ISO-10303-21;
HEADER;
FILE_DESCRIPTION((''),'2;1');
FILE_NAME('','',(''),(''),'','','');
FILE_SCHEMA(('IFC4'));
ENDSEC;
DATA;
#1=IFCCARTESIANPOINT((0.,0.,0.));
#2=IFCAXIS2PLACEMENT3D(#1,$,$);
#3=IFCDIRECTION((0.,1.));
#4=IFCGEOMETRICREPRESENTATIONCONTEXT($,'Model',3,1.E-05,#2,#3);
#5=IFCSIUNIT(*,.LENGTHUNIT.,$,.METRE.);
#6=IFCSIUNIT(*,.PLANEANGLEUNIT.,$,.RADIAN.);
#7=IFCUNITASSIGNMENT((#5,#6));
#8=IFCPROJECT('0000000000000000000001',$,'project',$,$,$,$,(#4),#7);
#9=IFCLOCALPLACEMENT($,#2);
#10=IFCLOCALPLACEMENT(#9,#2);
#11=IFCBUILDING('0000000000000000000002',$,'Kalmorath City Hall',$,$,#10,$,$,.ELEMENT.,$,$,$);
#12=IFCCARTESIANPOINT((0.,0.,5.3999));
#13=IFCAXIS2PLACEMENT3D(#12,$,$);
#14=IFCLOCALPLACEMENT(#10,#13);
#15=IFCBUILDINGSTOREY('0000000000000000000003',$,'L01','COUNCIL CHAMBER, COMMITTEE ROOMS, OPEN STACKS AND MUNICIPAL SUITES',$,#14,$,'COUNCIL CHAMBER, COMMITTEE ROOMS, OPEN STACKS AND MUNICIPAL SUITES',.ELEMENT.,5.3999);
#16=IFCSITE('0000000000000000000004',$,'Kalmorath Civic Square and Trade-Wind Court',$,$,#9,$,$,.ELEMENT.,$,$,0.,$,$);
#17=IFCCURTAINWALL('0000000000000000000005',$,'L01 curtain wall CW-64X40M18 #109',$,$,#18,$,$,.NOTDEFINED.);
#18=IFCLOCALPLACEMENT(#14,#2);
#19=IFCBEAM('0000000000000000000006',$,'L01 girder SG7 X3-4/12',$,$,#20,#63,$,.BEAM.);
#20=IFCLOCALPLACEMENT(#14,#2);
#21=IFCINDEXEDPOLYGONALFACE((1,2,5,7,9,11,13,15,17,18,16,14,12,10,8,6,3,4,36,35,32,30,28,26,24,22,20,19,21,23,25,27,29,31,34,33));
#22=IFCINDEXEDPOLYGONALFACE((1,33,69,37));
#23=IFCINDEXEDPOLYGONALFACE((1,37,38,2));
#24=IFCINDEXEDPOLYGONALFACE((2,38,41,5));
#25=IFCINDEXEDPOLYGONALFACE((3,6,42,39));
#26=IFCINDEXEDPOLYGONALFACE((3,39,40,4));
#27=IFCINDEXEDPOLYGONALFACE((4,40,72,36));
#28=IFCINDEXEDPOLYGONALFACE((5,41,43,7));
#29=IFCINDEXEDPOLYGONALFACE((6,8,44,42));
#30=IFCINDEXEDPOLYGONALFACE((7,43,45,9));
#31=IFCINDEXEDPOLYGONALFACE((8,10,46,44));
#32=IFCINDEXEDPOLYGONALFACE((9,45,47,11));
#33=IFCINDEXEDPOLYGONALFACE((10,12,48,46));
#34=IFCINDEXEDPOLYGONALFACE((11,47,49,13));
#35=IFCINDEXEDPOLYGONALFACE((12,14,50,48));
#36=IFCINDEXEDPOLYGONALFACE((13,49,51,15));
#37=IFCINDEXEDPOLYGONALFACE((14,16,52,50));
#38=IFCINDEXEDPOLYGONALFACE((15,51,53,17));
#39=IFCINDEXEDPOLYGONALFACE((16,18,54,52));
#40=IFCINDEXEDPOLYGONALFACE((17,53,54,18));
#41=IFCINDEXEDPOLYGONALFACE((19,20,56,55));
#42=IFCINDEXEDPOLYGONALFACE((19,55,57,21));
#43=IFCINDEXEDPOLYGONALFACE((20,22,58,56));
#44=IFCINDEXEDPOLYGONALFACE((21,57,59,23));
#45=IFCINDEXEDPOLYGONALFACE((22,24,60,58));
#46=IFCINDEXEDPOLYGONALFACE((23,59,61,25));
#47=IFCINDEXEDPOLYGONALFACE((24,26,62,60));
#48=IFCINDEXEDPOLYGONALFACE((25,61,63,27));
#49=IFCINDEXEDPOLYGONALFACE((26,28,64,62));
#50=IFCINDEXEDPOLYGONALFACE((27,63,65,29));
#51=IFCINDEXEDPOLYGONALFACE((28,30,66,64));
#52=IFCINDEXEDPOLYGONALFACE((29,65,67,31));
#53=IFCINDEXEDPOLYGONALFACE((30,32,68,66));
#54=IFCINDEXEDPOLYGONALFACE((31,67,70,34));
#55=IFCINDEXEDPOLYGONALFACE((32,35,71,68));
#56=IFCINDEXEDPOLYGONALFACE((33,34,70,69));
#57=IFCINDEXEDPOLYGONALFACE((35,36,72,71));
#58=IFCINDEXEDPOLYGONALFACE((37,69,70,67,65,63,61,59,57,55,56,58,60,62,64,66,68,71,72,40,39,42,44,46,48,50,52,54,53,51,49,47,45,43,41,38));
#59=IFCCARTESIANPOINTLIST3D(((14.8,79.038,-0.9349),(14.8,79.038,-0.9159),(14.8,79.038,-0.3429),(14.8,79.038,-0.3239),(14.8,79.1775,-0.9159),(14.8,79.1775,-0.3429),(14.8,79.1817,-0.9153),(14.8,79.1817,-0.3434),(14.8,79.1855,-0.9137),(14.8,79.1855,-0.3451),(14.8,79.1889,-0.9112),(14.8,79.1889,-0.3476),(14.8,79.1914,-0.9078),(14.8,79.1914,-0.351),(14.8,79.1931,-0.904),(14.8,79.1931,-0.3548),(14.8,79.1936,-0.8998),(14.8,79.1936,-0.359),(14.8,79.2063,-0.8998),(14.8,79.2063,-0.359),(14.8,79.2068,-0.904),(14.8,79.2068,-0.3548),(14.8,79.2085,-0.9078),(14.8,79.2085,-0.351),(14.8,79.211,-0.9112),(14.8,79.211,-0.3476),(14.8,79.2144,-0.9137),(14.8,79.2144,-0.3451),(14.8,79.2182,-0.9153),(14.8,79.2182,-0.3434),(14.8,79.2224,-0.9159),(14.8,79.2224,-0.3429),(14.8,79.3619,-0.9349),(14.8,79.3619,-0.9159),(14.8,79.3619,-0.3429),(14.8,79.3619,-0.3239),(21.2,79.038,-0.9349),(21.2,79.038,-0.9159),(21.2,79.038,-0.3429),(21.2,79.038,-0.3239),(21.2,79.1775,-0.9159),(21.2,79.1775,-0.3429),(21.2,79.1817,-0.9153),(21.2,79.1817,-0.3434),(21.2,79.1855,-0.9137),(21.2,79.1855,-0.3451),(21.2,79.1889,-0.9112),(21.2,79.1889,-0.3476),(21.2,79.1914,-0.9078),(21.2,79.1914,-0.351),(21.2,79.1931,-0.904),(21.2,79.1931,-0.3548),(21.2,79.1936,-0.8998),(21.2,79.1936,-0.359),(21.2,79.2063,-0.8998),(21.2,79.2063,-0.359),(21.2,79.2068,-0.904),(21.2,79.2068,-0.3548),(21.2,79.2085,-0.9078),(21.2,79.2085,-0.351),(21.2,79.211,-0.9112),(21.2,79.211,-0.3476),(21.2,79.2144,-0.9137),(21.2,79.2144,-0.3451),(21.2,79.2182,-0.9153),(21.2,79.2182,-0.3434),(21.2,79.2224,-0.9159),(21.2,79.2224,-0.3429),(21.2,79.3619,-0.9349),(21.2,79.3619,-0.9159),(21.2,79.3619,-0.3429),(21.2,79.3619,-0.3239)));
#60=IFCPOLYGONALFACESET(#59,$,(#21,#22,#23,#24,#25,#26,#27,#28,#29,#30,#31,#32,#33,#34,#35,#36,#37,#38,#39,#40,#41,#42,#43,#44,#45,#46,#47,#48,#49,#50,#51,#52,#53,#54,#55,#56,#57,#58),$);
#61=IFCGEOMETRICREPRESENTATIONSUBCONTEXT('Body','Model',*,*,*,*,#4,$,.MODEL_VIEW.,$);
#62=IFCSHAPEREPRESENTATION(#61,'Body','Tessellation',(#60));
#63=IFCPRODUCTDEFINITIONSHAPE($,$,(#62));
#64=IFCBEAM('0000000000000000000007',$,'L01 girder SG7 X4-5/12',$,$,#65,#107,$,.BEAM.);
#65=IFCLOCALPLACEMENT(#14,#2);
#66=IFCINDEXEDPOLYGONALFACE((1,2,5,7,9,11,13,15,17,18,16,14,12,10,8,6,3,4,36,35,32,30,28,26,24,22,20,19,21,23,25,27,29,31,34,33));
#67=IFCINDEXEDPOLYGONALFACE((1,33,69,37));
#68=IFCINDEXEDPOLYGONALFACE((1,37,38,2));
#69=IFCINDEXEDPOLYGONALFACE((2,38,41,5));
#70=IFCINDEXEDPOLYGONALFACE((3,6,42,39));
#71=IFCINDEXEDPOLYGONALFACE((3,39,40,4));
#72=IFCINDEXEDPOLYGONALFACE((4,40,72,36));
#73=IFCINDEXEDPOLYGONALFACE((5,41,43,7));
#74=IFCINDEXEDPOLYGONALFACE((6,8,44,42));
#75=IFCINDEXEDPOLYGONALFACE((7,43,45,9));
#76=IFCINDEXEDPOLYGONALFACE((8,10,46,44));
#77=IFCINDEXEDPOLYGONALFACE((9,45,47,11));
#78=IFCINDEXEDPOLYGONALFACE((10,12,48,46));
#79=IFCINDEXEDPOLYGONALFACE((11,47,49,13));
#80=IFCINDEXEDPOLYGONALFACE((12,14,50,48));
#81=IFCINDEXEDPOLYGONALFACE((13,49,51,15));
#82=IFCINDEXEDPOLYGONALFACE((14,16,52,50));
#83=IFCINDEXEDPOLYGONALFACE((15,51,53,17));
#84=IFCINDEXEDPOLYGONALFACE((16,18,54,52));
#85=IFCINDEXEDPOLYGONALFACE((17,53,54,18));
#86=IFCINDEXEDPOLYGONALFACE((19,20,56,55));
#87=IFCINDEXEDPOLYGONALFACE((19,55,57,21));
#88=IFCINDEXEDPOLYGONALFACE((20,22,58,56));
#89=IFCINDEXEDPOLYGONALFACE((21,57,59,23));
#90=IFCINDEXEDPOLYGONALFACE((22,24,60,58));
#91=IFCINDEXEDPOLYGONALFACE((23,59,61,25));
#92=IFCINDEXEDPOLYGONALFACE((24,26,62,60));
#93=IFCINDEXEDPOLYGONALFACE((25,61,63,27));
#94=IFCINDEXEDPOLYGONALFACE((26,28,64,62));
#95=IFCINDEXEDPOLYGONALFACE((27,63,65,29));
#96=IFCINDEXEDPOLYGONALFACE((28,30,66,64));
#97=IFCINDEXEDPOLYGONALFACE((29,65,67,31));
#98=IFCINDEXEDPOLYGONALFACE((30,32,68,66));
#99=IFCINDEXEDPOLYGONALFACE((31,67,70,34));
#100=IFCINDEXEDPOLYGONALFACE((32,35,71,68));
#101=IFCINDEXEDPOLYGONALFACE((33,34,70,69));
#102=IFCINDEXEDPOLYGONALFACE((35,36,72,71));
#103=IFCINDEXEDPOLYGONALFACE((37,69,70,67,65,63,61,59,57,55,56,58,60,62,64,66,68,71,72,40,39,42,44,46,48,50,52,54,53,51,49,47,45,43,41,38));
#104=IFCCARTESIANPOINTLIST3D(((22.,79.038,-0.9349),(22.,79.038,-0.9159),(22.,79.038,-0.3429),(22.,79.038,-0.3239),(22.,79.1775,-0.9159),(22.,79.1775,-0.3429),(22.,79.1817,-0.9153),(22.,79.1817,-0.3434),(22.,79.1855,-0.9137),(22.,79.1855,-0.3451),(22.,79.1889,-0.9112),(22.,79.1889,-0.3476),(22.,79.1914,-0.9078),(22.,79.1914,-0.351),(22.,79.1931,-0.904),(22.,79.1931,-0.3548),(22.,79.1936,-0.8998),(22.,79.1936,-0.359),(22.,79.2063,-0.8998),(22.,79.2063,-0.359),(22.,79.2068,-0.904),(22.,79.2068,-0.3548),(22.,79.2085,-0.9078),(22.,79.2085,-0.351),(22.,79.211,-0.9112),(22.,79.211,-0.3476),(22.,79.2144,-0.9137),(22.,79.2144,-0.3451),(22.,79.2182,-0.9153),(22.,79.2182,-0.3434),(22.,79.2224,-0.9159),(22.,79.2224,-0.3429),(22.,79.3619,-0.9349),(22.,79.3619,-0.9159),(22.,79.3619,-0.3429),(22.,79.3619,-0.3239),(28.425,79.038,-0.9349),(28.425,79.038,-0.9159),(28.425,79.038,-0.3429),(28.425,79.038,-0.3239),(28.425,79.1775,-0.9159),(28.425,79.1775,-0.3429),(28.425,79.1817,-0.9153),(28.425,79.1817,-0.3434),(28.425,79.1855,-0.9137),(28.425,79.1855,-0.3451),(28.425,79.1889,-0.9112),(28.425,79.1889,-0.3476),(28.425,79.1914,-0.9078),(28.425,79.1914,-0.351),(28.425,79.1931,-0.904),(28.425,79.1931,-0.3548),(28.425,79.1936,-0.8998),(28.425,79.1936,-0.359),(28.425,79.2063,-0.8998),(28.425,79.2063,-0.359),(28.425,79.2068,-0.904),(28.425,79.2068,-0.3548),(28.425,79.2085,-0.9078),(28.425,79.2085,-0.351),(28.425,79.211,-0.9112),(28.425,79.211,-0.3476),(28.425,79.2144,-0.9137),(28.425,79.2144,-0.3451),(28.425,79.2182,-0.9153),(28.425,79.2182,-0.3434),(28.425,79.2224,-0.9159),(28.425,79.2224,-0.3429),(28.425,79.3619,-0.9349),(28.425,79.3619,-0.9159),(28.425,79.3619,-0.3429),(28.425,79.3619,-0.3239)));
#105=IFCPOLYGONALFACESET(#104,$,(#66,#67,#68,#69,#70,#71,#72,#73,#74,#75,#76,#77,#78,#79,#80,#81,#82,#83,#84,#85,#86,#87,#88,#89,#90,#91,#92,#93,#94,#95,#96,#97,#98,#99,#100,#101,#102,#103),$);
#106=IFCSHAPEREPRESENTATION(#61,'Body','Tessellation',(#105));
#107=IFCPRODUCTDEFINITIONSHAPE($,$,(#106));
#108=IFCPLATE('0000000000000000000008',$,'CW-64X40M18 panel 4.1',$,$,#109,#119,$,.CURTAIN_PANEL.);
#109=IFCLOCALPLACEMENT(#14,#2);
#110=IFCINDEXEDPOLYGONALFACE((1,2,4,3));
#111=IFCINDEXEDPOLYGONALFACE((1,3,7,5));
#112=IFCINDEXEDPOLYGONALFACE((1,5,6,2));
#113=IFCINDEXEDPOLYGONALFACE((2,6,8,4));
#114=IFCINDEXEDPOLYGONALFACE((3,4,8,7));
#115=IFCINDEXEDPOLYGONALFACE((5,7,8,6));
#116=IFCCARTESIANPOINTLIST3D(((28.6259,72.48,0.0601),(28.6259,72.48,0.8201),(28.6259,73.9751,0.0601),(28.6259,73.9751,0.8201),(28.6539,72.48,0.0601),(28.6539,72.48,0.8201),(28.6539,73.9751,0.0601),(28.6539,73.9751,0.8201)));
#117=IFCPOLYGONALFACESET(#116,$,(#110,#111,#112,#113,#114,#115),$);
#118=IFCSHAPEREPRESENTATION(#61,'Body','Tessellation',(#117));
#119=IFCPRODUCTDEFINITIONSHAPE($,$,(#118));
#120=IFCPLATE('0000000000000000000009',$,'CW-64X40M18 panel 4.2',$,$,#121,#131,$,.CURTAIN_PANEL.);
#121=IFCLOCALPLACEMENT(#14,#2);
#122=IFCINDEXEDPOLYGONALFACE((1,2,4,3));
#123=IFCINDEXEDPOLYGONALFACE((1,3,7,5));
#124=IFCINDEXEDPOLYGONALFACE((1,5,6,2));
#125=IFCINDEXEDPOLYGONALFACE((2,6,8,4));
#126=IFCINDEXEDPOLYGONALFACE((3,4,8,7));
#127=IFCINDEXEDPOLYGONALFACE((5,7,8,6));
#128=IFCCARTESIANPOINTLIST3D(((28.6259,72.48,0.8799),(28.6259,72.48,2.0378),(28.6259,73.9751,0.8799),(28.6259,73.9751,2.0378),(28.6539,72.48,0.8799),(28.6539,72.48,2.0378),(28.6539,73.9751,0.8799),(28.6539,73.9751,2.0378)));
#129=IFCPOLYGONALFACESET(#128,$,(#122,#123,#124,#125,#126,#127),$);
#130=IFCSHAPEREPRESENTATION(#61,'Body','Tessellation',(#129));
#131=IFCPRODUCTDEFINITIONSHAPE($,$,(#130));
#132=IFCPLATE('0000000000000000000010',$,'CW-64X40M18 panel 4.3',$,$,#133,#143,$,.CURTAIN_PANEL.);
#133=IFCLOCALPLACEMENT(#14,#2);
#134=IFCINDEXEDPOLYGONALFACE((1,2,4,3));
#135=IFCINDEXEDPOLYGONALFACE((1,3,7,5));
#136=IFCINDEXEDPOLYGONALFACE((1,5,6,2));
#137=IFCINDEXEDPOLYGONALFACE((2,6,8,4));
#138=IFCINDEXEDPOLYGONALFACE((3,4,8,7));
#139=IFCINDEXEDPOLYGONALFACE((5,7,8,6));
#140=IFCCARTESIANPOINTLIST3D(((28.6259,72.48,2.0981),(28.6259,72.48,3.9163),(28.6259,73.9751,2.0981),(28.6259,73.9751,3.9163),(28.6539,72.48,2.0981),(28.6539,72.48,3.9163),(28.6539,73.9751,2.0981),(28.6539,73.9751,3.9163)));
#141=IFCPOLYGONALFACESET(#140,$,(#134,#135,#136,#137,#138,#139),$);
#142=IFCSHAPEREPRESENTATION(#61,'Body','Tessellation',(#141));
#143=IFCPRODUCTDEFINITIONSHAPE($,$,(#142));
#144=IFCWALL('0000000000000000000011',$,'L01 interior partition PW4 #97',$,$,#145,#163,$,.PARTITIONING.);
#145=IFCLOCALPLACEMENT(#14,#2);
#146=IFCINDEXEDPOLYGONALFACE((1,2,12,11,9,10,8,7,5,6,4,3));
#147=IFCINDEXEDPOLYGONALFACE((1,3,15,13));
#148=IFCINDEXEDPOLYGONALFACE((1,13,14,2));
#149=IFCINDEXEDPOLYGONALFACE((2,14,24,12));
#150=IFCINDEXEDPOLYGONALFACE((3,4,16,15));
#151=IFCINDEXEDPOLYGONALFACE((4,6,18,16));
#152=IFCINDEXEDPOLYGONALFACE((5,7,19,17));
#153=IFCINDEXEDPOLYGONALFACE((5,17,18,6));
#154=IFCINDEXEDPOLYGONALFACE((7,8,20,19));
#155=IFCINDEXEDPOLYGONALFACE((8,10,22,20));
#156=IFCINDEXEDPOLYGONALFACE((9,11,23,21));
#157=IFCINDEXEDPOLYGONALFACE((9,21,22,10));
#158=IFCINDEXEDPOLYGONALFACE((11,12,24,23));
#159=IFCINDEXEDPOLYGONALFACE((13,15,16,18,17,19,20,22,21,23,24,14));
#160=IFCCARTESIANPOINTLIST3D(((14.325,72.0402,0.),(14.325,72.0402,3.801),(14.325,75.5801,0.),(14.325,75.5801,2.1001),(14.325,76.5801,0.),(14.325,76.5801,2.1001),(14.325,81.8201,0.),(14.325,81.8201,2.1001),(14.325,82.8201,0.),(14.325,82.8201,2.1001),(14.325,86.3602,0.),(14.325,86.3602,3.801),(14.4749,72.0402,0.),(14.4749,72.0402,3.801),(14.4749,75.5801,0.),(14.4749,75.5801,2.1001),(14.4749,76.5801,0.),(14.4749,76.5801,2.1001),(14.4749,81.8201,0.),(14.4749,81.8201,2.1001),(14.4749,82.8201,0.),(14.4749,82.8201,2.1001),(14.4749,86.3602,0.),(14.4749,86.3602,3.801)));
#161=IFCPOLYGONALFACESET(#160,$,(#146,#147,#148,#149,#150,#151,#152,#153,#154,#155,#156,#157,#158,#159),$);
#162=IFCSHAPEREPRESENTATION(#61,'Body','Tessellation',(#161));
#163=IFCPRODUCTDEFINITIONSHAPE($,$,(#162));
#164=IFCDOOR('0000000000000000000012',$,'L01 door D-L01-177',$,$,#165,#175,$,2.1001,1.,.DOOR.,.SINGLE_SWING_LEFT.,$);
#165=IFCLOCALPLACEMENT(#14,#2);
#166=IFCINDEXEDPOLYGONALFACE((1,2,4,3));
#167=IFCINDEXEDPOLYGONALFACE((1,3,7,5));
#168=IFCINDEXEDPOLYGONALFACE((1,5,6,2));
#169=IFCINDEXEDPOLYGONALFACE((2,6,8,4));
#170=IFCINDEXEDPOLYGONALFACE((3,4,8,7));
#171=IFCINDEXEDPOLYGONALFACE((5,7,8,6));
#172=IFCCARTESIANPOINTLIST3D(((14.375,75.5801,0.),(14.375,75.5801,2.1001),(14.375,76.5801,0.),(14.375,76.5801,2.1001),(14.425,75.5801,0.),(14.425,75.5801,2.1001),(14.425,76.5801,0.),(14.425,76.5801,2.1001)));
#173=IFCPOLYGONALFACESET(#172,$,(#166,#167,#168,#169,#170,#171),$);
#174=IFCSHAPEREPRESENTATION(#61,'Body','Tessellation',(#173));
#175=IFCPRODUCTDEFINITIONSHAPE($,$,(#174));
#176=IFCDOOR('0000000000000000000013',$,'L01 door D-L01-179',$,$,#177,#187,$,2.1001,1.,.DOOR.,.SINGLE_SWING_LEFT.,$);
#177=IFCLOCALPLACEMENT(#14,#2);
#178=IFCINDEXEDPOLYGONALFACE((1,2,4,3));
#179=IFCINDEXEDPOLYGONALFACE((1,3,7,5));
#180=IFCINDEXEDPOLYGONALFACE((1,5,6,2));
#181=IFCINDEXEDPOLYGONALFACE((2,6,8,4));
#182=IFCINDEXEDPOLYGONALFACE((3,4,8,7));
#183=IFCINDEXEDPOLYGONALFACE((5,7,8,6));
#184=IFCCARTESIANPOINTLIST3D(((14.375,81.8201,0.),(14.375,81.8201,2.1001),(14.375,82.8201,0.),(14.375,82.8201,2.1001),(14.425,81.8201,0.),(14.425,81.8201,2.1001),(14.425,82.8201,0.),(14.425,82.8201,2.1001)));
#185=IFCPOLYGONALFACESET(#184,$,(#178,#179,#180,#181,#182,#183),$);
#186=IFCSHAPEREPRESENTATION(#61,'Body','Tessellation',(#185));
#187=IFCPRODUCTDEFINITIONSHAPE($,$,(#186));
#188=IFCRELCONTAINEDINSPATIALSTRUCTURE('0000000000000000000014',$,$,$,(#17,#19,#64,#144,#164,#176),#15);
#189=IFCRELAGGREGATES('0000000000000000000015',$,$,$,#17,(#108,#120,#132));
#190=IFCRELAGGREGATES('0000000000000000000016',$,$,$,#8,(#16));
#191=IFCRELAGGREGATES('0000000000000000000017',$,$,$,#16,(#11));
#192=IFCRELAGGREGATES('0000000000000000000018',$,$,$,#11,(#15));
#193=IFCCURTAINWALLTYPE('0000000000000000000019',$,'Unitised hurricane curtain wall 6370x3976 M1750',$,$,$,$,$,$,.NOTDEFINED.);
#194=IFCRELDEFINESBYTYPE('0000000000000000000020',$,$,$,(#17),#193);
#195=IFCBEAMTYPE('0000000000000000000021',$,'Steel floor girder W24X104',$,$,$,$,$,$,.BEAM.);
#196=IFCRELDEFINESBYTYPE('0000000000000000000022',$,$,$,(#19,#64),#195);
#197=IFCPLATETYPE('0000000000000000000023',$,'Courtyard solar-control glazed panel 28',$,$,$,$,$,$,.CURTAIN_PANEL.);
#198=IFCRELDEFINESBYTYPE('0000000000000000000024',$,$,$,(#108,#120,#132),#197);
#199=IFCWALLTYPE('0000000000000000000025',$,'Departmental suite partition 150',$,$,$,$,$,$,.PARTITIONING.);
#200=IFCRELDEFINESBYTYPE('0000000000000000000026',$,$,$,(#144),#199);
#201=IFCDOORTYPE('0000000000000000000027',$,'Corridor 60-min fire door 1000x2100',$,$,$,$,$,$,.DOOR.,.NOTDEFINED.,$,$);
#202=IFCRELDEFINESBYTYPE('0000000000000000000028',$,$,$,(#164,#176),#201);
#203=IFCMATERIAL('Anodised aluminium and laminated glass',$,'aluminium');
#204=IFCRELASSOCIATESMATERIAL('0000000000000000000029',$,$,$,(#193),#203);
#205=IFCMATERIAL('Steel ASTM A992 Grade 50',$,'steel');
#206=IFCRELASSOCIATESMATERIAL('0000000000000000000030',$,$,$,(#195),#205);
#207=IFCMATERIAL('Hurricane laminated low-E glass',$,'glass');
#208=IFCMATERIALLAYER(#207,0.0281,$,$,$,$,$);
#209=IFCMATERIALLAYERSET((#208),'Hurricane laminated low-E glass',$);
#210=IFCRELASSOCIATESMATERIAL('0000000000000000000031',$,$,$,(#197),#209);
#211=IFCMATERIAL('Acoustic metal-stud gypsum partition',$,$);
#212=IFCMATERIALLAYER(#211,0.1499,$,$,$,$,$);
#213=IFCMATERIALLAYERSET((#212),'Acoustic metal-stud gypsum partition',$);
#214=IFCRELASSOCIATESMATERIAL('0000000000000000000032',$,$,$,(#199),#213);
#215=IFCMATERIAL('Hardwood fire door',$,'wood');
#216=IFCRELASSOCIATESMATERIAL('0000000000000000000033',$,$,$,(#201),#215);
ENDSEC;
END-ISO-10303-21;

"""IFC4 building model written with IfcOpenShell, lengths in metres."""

from ifc_helpers import new_model, si_unit, direction, frame, frame_2d, origin, origin_2d, place, context, subcontext, project, spatial, rectangle, i_section, extrude, material, layer, layer_set, material_profile, profile_set, type_object, element, fill, aggregate, save


model = new_model("IFC4")

# Units and contexts
model_context = context("Model", 3, precision=1e-05, world=origin(), true_north=direction((0.0, 1.0)))
body_context = subcontext(model_context, "Body", "Model", "MODEL_VIEW")
ifc_project = project(units=[si_unit("LENGTHUNIT", "METRE"), si_unit("PLANEANGLEUNIT", "RADIAN")], contexts=[model_context])

# Site, building, storey
site_placement = place(None, origin())
site = spatial("IfcSite", under=ifc_project, at=site_placement, Name="Kalmorath Civic Square and Trade-Wind Court", CompositionType="ELEMENT", RefElevation=0.0)
building_placement = place(site_placement, origin())
building = spatial("IfcBuilding", under=site, at=building_placement, Name="Kalmorath City Hall", CompositionType="ELEMENT")
storey_placement = place(building_placement, frame((0.0, 0.0, 5.3999)))
storey = spatial("IfcBuildingStorey", under=building, at=storey_placement, Name="L01", Description="COUNCIL CHAMBER, COMMITTEE ROOMS, OPEN STACKS AND MUNICIPAL SUITES", LongName="COUNCIL CHAMBER, COMMITTEE ROOMS, OPEN STACKS AND MUNICIPAL SUITES", CompositionType="ELEMENT", Elevation=5.3999)

# Curtain wall
ifc_material_1 = material(Name="Anodised aluminium and laminated glass", Category="aluminium")
curtain_wall_type = type_object("IfcCurtainWallType", Name="Unitised hurricane curtain wall 6370x3976 M1750", PredefinedType="NOTDEFINED", material=ifc_material_1)
curtain_wall_placement = place(storey_placement, origin())
curtain_wall = element("IfcCurtainWall", 1, at=curtain_wall_placement, inside=storey, type_object=curtain_wall_type, Name="L01 curtain wall CW-64X40M18 #109", PredefinedType="NOTDEFINED")

# Beams
ifc_material_2 = material(Name="Steel ASTM A992 Grade 50", Category="steel")
ifc_material_profile_1 = material_profile(ifc_material_2, i_section(OverallWidth=0.324, OverallDepth=0.6111, WebThickness=0.0127, FlangeThickness=0.019, FilletRadius=0.0161, at=origin_2d()), Name="W24X104")
ifc_profile_set_1 = profile_set([ifc_material_profile_1], Name="Steel ASTM A992 Grade 50")
beam_type_1 = type_object("IfcBeamType", Name="Steel floor girder W24X104", PredefinedType="BEAM", material=ifc_profile_set_1)
beam_1_placement = place(storey_placement, frame((14.8, 79.2, -0.6294), z_axis=(1.0, 0.0, 0.0), x_axis=(0.0, 1.0, 0.0)))
element("IfcBeam", 2, at=beam_1_placement, inside=storey, type_object=beam_type_1, Name="L01 girder SG7 X3-4/12", PredefinedType="BEAM", context=body_context, shape_type="SweptSolid", body=[
    extrude(i_section(OverallWidth=0.324, OverallDepth=0.6111, WebThickness=0.0127, FlangeThickness=0.019, FilletRadius=0.0161, at=origin_2d()), origin(), (0.0, 0.0, 1.0), 6.3999),
])
beam_2_placement = place(storey_placement, frame((22.0, 79.2, -0.6294), z_axis=(1.0, 0.0, 0.0), x_axis=(0.0, 1.0, 0.0)))
element("IfcBeam", 3, at=beam_2_placement, inside=storey, type_object=beam_type_1, Name="L01 girder SG7 X4-5/12", PredefinedType="BEAM", context=body_context, shape_type="SweptSolid", body=[
    extrude(i_section(OverallWidth=0.324, OverallDepth=0.6111, WebThickness=0.0127, FlangeThickness=0.019, FilletRadius=0.0161, at=origin_2d()), origin(), (0.0, 0.0, 1.0), 6.425),
])

# Plates
ifc_material_3 = material(Name="Hurricane laminated low-E glass", Category="glass")
ifc_layer_1 = layer(ifc_material_3, 0.0281)
ifc_layer_set_1 = layer_set([ifc_layer_1], Name="Hurricane laminated low-E glass")
plate_type = type_object("IfcPlateType", Name="Courtyard solar-control glazed panel 28", PredefinedType="CURTAIN_PANEL", material=ifc_layer_set_1)
plate_1_placement = place(storey_placement, frame((28.6399, 73.2275, 0.0601), z_axis=(0.0, 0.0, 1.0), x_axis=(0.0, -1.0, 0.0)))
plate_1 = element("IfcPlate", 4, at=plate_1_placement, type_object=plate_type, Name="CW-64X40M18 panel 4.1", PredefinedType="CURTAIN_PANEL", context=body_context, shape_type="SweptSolid", body=[
    extrude(rectangle(XDim=1.4951, YDim=0.0281, at=origin_2d()), origin(), (0.0, 0.0, 1.0), 0.76),
])
plate_2_placement = place(storey_placement, frame((28.6399, 73.2275, 0.8799), z_axis=(0.0, 0.0, 1.0), x_axis=(0.0, -1.0, 0.0)))
plate_2 = element("IfcPlate", 5, at=plate_2_placement, type_object=plate_type, Name="CW-64X40M18 panel 4.2", PredefinedType="CURTAIN_PANEL", context=body_context, shape_type="SweptSolid", body=[
    extrude(rectangle(XDim=1.4951, YDim=0.0281, at=origin_2d()), origin(), (0.0, 0.0, 1.0), 1.158),
])
plate_3_placement = place(storey_placement, frame((28.6399, 73.2275, 2.0981), z_axis=(0.0, 0.0, 1.0), x_axis=(0.0, -1.0, 0.0)))
plate_3 = element("IfcPlate", 6, at=plate_3_placement, type_object=plate_type, Name="CW-64X40M18 panel 4.3", PredefinedType="CURTAIN_PANEL", context=body_context, shape_type="SweptSolid", body=[
    extrude(rectangle(XDim=1.4951, YDim=0.0281, at=origin_2d()), origin(), (0.0, 0.0, 1.0), 1.8181),
])
aggregate(curtain_wall, [plate_1, plate_2, plate_3])

# Wall, openings, doors
ifc_material_4 = material(Name="Acoustic metal-stud gypsum partition")
ifc_layer_2 = layer(ifc_material_4, 0.1499)
ifc_layer_set_2 = layer_set([ifc_layer_2], Name="Acoustic metal-stud gypsum partition")
wall_type_1 = type_object("IfcWallType", Name="Departmental suite partition 150", PredefinedType="PARTITIONING", material=ifc_layer_set_2)
wall_1_placement = place(storey_placement, frame((14.3999, 72.04, 0.0), z_axis=(0.0, 0.0, 1.0), x_axis=(0.0, 1.0, 0.0)))
wall_1 = element("IfcWall", 7, at=wall_1_placement, inside=storey, type_object=wall_type_1, Name="L01 interior partition PW4 #97", PredefinedType="PARTITIONING", context=body_context, shape_type="SweptSolid", body=[
    extrude(rectangle(XDim=14.3201, YDim=0.1499, at=frame_2d((7.1602, 0.0))), origin(), (0.0, 0.0, 1.0), 3.801),
])
opening_1_placement = place(wall_1_placement, frame((3.54, 0.0, 0.0)))
opening_1 = element("IfcOpeningElement", 8, at=opening_1_placement, cuts=wall_1, PredefinedType="OPENING", context=body_context, shape_type="SweptSolid", body=[
    extrude(rectangle(XDim=1.0, YDim=2.1001, at=frame_2d((0.5, 1.05))), frame((0.0, 0.085, 0.0), z_axis=(0.0, -1.0, 0.0), x_axis=(1.0, 0.0, 0.0)), (0.0, 0.0, 1.0), 0.1699),
])
opening_2_placement = place(wall_1_placement, frame((9.78, 0.0, 0.0)))
opening_2 = element("IfcOpeningElement", 9, at=opening_2_placement, cuts=wall_1, PredefinedType="OPENING", context=body_context, shape_type="SweptSolid", body=[
    extrude(rectangle(XDim=1.0, YDim=2.1001, at=frame_2d((0.5, 1.05))), frame((0.0, 0.085, 0.0), z_axis=(0.0, -1.0, 0.0), x_axis=(1.0, 0.0, 0.0)), (0.0, 0.0, 1.0), 0.1699),
])
ifc_material_5 = material(Name="Hardwood fire door", Category="wood")
door_type = type_object("IfcDoorType", Name="Corridor 60-min fire door 1000x2100", OperationType="NOTDEFINED", PredefinedType="DOOR", material=ifc_material_5)
door_1_placement = place(opening_1_placement, origin())
door_1 = element("IfcDoor", 10, at=door_1_placement, inside=storey, type_object=door_type, Name="L01 door D-L01-177", OperationType="SINGLE_SWING_LEFT", OverallHeight=2.1001, OverallWidth=1.0, PredefinedType="DOOR", context=body_context, shape_type="SweptSolid", body=[
    extrude(rectangle(XDim=1.0, YDim=2.1001, at=frame_2d((0.5, 1.05))), frame((0.0, 0.0249, 0.0), z_axis=(0.0, -1.0, 0.0), x_axis=(1.0, 0.0, 0.0)), (0.0, 0.0, 1.0), 0.05),
])
fill(opening_1, door_1)
door_2_placement = place(opening_2_placement, origin())
door_2 = element("IfcDoor", 11, at=door_2_placement, inside=storey, type_object=door_type, Name="L01 door D-L01-179", OperationType="SINGLE_SWING_LEFT", OverallHeight=2.1001, OverallWidth=1.0, PredefinedType="DOOR", context=body_context, shape_type="SweptSolid", body=[
    extrude(rectangle(XDim=1.0, YDim=2.1001, at=frame_2d((0.5, 1.05))), frame((0.0, 0.0249, 0.0), z_axis=(0.0, -1.0, 0.0), x_axis=(1.0, 0.0, 0.0)), (0.0, 0.0, 1.0), 0.05),
])
fill(opening_2, door_2)

save(model, "model.ifc")
